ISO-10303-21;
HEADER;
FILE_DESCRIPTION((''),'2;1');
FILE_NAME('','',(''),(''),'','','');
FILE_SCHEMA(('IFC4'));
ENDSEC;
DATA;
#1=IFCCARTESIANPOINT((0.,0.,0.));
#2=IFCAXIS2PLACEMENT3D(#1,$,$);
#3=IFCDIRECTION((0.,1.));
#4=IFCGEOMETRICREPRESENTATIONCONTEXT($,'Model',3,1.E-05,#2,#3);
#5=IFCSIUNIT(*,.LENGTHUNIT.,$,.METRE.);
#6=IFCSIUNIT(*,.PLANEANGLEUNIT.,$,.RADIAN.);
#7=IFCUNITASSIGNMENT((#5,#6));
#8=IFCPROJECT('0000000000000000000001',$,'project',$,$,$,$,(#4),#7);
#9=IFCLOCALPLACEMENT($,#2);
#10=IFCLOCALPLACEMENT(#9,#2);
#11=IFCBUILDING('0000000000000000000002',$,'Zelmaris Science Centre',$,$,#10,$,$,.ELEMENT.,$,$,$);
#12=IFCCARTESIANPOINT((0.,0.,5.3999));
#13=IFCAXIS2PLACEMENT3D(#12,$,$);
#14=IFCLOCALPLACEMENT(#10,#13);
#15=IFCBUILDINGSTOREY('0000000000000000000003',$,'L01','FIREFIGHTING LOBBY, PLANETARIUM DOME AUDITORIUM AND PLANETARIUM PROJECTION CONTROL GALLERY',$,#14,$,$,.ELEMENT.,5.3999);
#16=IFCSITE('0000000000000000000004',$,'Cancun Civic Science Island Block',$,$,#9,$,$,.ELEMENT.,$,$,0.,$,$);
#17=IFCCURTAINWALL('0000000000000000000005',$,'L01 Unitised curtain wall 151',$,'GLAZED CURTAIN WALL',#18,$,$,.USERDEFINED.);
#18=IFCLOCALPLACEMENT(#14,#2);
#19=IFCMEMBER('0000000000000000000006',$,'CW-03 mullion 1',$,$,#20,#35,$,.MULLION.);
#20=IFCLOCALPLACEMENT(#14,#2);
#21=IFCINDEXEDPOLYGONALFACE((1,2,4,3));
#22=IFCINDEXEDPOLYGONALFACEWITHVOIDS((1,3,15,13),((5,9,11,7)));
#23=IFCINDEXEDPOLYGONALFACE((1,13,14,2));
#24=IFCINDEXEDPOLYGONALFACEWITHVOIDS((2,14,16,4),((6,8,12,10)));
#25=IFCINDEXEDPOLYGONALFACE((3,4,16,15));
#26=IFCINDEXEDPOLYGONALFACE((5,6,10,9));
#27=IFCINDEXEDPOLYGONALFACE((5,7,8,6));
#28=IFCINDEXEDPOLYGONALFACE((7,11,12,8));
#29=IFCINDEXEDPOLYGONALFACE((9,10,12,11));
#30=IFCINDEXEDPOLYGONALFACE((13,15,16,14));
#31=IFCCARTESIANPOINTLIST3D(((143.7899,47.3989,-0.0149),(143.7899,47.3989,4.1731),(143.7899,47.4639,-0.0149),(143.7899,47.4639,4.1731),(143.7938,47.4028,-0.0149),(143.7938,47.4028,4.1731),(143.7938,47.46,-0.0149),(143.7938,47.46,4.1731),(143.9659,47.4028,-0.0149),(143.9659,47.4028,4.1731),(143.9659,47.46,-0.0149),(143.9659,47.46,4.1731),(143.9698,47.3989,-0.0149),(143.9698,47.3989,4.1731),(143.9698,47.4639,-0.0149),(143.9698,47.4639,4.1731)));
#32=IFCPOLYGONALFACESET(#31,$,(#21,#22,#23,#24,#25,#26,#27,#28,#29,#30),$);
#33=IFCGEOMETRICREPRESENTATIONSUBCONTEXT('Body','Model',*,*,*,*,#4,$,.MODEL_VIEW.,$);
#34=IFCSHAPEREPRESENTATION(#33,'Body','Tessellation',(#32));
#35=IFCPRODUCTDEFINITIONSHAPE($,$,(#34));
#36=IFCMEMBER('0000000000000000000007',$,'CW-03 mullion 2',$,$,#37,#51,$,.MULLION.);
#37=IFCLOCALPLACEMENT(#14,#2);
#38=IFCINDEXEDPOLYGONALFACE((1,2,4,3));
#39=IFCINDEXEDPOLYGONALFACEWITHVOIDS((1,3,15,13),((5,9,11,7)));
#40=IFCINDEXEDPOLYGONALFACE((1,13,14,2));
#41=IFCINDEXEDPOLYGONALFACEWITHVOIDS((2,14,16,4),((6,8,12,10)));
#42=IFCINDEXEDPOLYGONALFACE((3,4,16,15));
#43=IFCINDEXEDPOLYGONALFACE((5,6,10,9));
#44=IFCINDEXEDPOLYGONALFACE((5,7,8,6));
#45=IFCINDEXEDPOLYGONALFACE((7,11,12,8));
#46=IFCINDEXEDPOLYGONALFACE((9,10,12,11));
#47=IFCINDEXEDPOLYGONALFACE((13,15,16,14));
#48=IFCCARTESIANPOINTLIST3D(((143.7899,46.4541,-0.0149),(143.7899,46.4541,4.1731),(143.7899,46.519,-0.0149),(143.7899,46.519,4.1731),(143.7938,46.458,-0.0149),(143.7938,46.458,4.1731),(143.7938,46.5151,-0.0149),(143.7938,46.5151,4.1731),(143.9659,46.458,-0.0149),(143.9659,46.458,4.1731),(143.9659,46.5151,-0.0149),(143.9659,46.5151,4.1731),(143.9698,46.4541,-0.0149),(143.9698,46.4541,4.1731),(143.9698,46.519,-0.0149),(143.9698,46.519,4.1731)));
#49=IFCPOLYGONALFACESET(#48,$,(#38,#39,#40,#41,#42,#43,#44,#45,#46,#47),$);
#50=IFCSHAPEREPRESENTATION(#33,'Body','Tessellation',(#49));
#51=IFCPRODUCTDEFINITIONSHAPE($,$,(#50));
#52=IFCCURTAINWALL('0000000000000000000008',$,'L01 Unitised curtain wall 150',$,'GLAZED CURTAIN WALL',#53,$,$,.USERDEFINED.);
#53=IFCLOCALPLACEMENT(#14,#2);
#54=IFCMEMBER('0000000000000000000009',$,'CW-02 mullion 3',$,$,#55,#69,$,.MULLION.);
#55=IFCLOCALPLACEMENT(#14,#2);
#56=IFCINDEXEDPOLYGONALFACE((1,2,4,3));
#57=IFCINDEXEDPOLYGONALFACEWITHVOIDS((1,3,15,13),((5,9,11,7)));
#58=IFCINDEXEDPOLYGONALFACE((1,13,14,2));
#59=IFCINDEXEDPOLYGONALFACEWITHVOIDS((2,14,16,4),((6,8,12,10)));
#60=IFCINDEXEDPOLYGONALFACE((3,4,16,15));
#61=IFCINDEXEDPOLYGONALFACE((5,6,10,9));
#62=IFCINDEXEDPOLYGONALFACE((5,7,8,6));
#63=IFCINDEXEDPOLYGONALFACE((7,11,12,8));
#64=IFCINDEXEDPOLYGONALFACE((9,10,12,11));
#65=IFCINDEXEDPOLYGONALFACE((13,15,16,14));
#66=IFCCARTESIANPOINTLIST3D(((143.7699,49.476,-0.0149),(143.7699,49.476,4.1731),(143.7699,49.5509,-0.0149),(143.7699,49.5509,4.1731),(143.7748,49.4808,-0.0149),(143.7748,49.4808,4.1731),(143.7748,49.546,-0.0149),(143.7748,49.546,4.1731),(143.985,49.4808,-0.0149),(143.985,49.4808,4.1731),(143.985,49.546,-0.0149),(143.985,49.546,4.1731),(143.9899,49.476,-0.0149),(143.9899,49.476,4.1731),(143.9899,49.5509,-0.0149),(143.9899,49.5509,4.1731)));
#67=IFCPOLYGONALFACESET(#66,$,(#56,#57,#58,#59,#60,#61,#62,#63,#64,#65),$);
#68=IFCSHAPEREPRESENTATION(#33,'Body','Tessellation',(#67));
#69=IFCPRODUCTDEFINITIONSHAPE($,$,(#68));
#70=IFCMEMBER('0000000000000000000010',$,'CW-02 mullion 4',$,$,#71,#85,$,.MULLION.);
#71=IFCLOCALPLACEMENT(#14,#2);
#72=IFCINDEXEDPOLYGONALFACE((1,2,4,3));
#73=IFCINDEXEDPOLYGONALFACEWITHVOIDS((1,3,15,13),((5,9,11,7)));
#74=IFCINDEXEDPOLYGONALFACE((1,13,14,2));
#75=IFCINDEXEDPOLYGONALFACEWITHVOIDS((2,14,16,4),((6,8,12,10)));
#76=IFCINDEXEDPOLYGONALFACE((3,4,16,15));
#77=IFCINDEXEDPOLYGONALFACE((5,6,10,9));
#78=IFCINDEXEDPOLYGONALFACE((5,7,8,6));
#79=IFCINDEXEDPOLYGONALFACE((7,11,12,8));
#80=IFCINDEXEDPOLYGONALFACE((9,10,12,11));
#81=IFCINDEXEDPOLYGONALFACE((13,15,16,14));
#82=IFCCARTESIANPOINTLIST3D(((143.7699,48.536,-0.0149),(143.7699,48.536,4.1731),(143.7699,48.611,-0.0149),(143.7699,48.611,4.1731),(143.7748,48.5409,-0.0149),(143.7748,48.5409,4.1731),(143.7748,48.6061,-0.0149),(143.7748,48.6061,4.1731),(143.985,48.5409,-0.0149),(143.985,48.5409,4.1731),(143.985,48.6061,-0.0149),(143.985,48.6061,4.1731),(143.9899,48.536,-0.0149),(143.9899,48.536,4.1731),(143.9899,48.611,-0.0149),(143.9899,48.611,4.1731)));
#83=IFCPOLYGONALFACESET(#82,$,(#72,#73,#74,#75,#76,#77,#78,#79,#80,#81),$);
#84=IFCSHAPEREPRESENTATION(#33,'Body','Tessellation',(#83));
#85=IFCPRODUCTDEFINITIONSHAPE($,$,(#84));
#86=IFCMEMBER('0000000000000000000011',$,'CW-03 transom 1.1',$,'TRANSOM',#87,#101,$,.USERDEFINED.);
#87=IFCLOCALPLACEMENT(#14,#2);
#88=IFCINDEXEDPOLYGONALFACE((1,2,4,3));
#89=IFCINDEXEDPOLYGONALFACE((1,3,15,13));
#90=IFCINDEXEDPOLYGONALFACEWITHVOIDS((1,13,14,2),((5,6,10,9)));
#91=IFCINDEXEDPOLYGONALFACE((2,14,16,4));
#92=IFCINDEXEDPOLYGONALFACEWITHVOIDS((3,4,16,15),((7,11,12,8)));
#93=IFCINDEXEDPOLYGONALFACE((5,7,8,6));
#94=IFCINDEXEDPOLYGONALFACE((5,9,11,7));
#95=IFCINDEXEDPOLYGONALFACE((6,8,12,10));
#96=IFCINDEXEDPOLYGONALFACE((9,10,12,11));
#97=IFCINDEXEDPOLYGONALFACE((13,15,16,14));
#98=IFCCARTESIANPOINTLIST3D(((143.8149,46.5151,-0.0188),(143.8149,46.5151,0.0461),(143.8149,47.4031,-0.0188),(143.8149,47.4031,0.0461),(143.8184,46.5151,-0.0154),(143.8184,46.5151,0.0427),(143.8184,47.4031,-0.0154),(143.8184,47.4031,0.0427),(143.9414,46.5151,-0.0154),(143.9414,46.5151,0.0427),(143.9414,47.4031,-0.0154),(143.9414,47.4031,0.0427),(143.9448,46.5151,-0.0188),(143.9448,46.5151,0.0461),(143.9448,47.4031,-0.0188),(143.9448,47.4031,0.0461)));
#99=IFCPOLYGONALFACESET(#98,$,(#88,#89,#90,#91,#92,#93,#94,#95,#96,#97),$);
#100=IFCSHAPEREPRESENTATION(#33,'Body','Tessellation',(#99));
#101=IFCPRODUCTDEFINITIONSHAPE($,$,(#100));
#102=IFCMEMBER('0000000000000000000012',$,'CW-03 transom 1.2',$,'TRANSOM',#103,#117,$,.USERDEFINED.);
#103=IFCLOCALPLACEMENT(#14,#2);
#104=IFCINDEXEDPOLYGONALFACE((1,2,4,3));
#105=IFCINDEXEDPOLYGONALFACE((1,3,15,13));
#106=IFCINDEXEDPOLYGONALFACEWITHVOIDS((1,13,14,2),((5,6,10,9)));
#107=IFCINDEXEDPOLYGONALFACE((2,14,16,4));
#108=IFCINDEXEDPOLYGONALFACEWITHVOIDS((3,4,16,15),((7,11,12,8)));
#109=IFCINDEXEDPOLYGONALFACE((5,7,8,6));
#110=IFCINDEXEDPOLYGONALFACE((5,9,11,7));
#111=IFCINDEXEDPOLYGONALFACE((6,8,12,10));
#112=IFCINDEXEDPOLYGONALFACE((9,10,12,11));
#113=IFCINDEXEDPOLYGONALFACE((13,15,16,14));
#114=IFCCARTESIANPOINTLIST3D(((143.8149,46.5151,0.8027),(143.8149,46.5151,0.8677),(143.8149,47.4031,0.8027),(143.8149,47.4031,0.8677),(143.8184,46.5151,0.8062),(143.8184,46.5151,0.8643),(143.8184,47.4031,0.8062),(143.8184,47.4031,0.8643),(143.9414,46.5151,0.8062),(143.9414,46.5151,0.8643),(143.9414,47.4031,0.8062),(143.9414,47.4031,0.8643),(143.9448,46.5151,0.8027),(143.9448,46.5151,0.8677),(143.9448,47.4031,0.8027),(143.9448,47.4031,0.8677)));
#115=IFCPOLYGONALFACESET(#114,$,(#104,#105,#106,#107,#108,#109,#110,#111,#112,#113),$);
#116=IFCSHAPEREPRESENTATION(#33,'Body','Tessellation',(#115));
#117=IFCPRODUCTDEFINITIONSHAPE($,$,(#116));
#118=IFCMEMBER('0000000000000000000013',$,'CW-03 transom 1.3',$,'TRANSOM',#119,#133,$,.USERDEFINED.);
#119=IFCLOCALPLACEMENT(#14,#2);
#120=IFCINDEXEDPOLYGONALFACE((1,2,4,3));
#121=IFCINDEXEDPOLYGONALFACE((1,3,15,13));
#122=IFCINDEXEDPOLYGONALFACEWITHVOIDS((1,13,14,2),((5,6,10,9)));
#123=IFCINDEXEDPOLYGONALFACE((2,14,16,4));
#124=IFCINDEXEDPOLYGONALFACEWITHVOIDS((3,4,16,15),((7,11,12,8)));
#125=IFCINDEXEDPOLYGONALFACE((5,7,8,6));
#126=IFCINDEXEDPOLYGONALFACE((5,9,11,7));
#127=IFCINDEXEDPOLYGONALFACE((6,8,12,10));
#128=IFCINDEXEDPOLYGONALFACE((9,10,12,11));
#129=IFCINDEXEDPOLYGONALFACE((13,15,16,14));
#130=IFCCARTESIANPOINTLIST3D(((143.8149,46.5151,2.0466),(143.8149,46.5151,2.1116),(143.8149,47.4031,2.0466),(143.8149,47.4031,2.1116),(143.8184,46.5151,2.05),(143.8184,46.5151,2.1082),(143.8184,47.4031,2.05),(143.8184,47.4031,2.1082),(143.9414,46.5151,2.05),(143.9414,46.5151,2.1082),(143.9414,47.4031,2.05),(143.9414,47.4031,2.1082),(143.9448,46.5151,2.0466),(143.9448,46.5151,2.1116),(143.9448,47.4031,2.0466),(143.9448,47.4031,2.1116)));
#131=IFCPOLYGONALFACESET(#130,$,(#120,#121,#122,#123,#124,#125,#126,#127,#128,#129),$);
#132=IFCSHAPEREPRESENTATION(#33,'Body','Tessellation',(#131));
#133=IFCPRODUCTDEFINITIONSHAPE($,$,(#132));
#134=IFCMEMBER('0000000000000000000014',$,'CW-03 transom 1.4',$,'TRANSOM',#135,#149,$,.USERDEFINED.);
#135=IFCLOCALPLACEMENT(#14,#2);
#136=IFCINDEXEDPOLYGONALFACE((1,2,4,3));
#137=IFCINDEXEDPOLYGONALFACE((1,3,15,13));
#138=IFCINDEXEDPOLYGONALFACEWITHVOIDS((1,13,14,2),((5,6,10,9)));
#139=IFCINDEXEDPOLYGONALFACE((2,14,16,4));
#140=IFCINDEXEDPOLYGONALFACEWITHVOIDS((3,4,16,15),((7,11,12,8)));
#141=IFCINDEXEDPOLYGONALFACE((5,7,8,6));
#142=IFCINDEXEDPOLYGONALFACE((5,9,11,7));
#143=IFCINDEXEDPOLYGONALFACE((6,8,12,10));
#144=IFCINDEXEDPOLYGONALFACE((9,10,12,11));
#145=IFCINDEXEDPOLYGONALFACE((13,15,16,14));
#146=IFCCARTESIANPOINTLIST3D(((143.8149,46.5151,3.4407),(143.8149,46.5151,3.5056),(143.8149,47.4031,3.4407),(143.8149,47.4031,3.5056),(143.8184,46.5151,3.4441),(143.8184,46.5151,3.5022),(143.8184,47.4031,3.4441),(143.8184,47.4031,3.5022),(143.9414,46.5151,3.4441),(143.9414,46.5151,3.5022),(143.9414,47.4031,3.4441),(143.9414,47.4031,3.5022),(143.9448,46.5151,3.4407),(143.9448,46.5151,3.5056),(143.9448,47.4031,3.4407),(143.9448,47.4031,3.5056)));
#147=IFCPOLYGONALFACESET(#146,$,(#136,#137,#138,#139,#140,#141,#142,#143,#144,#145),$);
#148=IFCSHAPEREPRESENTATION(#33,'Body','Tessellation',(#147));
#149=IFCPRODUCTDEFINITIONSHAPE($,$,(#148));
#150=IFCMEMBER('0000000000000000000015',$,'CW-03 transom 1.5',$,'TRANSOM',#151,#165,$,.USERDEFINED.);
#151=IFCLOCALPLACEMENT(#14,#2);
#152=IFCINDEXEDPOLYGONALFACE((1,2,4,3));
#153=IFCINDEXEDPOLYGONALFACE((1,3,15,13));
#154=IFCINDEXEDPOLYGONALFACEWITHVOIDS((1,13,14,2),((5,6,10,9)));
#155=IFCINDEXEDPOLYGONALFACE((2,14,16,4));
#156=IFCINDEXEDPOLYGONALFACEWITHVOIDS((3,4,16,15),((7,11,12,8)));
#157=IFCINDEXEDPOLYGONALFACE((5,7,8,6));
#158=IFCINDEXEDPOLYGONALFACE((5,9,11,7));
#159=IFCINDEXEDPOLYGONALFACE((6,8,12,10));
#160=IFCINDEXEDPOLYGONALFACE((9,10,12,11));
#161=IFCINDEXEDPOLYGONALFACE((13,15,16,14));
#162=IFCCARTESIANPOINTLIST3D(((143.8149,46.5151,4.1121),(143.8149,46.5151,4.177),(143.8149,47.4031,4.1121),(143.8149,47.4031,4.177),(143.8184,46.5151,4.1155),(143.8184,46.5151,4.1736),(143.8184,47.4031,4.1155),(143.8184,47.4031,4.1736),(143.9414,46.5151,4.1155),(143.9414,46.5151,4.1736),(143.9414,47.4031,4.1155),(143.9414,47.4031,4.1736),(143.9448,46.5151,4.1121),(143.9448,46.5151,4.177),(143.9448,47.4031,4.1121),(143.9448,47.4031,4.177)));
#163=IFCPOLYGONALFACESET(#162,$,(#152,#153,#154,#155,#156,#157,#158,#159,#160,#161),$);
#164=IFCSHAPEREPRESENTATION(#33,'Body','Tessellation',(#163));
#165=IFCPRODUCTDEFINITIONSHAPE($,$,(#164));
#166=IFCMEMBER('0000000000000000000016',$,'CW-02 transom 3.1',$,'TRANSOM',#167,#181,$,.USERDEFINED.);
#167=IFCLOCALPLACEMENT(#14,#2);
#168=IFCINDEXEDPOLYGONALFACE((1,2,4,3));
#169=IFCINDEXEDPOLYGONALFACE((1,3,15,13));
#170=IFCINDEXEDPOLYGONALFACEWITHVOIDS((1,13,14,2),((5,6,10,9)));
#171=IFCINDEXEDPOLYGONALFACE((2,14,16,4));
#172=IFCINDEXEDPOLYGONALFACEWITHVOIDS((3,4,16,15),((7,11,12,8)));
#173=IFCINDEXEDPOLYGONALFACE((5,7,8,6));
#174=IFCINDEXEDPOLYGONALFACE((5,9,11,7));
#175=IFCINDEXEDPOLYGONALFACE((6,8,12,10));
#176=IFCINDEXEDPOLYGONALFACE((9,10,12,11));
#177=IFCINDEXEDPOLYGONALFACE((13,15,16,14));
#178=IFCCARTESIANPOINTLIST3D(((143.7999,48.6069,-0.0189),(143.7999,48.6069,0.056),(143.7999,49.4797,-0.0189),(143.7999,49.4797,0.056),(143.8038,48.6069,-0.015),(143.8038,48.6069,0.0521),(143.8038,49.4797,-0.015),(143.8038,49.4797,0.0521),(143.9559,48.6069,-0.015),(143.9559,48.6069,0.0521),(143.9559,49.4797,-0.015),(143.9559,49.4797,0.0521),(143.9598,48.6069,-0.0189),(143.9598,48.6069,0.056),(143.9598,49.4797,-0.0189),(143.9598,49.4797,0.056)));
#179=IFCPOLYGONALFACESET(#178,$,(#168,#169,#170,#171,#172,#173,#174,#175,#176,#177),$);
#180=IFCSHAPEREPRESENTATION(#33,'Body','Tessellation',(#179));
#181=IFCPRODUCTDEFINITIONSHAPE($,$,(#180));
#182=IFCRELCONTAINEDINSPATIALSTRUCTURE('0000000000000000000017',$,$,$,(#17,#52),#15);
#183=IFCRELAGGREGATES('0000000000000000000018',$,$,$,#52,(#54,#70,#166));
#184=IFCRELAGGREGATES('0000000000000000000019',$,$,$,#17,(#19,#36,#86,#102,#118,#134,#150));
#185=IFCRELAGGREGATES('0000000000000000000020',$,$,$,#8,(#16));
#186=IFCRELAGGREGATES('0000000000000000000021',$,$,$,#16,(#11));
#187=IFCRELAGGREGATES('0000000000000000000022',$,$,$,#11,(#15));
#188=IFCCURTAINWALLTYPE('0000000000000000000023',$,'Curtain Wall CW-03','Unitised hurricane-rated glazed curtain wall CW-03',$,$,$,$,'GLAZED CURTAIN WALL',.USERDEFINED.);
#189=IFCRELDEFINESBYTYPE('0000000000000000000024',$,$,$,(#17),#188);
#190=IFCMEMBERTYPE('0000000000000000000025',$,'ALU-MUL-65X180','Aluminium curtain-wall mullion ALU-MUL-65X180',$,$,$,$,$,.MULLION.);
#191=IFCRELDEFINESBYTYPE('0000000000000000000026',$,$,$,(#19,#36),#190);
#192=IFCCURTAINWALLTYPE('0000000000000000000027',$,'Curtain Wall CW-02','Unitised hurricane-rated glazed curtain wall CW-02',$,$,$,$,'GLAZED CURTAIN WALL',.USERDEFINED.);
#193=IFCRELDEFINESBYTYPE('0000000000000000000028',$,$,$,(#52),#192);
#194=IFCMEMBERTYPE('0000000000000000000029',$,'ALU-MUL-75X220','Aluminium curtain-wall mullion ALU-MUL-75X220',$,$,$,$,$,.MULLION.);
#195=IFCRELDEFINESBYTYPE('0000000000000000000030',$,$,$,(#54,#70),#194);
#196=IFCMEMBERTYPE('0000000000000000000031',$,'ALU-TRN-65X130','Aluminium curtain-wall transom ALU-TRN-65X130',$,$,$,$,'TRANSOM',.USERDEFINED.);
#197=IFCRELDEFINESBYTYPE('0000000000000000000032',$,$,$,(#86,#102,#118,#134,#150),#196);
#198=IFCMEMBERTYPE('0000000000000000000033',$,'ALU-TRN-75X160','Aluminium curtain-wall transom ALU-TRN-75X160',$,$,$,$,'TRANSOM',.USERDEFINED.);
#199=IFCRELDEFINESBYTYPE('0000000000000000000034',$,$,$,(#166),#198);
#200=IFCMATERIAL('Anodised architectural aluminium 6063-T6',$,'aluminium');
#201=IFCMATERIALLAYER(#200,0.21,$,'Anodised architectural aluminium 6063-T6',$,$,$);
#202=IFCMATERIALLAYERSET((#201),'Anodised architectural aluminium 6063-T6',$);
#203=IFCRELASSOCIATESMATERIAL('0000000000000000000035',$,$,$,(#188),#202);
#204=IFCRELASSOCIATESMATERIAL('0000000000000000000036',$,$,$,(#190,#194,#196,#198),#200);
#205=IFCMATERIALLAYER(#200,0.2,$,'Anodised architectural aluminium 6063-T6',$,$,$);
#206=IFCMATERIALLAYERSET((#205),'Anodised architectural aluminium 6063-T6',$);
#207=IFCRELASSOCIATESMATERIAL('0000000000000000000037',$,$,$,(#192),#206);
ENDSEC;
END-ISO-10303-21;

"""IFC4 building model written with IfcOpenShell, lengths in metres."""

from ifc_helpers import new_model, si_unit, direction, frame, origin, origin_2d, place, context, subcontext, project, spatial, hollow_rectangle, extrude, material, layer, layer_set, material_profile, profile_set, type_object, element, aggregate, save


model = new_model("IFC4")

# Units and contexts
model_context = context("Model", 3, precision=1e-05, world=origin(), true_north=direction((0.0, 1.0)))
body_context = subcontext(model_context, "Body", "Model", "MODEL_VIEW")
ifc_project = project(units=[si_unit("LENGTHUNIT", "METRE"), si_unit("PLANEANGLEUNIT", "RADIAN")], contexts=[model_context])

# Site, building, storey
site_placement = place(None, origin())
site = spatial("IfcSite", under=ifc_project, at=site_placement, Name="Cancun Civic Science Island Block", CompositionType="ELEMENT", RefElevation=0.0)
building_placement = place(site_placement, origin())
building = spatial("IfcBuilding", under=site, at=building_placement, Name="Zelmaris Science Centre", CompositionType="ELEMENT")
storey_placement = place(building_placement, frame((0.0, 0.0, 5.3999)))
storey = spatial("IfcBuildingStorey", under=building, at=storey_placement, Name="L01", Description="FIREFIGHTING LOBBY, PLANETARIUM DOME AUDITORIUM AND PLANETARIUM PROJECTION CONTROL GALLERY", CompositionType="ELEMENT", Elevation=5.3999)

# Curtain walls, members
ifc_material_1 = material(Name="Anodised architectural aluminium 6063-T6", Category="aluminium")
ifc_layer_1 = layer(ifc_material_1, 0.21, Name="Anodised architectural aluminium 6063-T6")
ifc_layer_set_1 = layer_set([ifc_layer_1], Name="Anodised architectural aluminium 6063-T6")
curtain_wall_type_1 = type_object("IfcCurtainWallType", Name="Curtain Wall CW-03", Description="Unitised hurricane-rated glazed curtain wall CW-03", ElementType="GLAZED CURTAIN WALL", PredefinedType="USERDEFINED", material=ifc_layer_set_1)
curtain_wall_1_placement = place(storey_placement, origin())
curtain_wall_1 = element("IfcCurtainWall", 1, at=curtain_wall_1_placement, inside=storey, type_object=curtain_wall_type_1, Name="L01 Unitised curtain wall 151", ObjectType="GLAZED CURTAIN WALL", PredefinedType="USERDEFINED")
ifc_material_profile_1 = material_profile(ifc_material_1, hollow_rectangle(XDim=0.0649, YDim=0.1799, WallThickness=0.0039, at=origin_2d()), Name="ALU-MUL-65X180")
ifc_profile_set_1 = profile_set([ifc_material_profile_1], Name="Anodised architectural aluminium 6063-T6")
member_type_1 = type_object("IfcMemberType", Name="ALU-MUL-65X180", Description="Aluminium curtain-wall mullion ALU-MUL-65X180", PredefinedType="MULLION", material=ifc_profile_set_1)
member_1_placement = place(storey_placement, frame((143.8799, 47.4314, -0.0149), z_axis=(0.0, 0.0, 1.0), x_axis=(0.0, -1.0, 0.0)))
member_1 = element("IfcMember", 2, at=member_1_placement, type_object=member_type_1, Name="CW-03 mullion 1", PredefinedType="MULLION", context=body_context, shape_type="SweptSolid", body=[
    extrude(hollow_rectangle(XDim=0.0649, YDim=0.1799, WallThickness=0.0039, at=origin_2d()), origin(), (0.0, 0.0, 1.0), 4.188),
])
member_2_placement = place(storey_placement, frame((143.8799, 46.4866, -0.0149), z_axis=(0.0, 0.0, 1.0), x_axis=(0.0, -1.0, 0.0)))
member_2 = element("IfcMember", 3, at=member_2_placement, type_object=member_type_1, Name="CW-03 mullion 2", PredefinedType="MULLION", context=body_context, shape_type="SweptSolid", body=[
    extrude(hollow_rectangle(XDim=0.0649, YDim=0.1799, WallThickness=0.0039, at=origin_2d()), origin(), (0.0, 0.0, 1.0), 4.188),
])
ifc_layer_2 = layer(ifc_material_1, 0.2, Name="Anodised architectural aluminium 6063-T6")
ifc_layer_set_2 = layer_set([ifc_layer_2], Name="Anodised architectural aluminium 6063-T6")
curtain_wall_type_2 = type_object("IfcCurtainWallType", Name="Curtain Wall CW-02", Description="Unitised hurricane-rated glazed curtain wall CW-02", ElementType="GLAZED CURTAIN WALL", PredefinedType="USERDEFINED", material=ifc_layer_set_2)
curtain_wall_2_placement = place(storey_placement, origin())
curtain_wall_2 = element("IfcCurtainWall", 4, at=curtain_wall_2_placement, inside=storey, type_object=curtain_wall_type_2, Name="L01 Unitised curtain wall 150", ObjectType="GLAZED CURTAIN WALL", PredefinedType="USERDEFINED")
ifc_material_profile_2 = material_profile(ifc_material_1, hollow_rectangle(XDim=0.075, YDim=0.22, WallThickness=0.0049, at=origin_2d()), Name="ALU-MUL-75X220")
ifc_profile_set_2 = profile_set([ifc_material_profile_2], Name="Anodised architectural aluminium 6063-T6")
member_type_2 = type_object("IfcMemberType", Name="ALU-MUL-75X220", Description="Aluminium curtain-wall mullion ALU-MUL-75X220", PredefinedType="MULLION", material=ifc_profile_set_2)
member_3_placement = place(storey_placement, frame((143.8799, 49.5134, -0.0149), z_axis=(0.0, 0.0, 1.0), x_axis=(0.0, -1.0, 0.0)))
member_3 = element("IfcMember", 5, at=member_3_placement, type_object=member_type_2, Name="CW-02 mullion 3", PredefinedType="MULLION", context=body_context, shape_type="SweptSolid", body=[
    extrude(hollow_rectangle(XDim=0.075, YDim=0.22, WallThickness=0.0049, at=origin_2d()), origin(), (0.0, 0.0, 1.0), 4.188),
])
member_4_placement = place(storey_placement, frame((143.8799, 48.5735, -0.0149), z_axis=(0.0, 0.0, 1.0), x_axis=(0.0, -1.0, 0.0)))
member_4 = element("IfcMember", 6, at=member_4_placement, type_object=member_type_2, Name="CW-02 mullion 4", PredefinedType="MULLION", context=body_context, shape_type="SweptSolid", body=[
    extrude(hollow_rectangle(XDim=0.075, YDim=0.22, WallThickness=0.0049, at=origin_2d()), origin(), (0.0, 0.0, 1.0), 4.188),
])

# Members
ifc_material_profile_3 = material_profile(ifc_material_1, hollow_rectangle(XDim=0.0649, YDim=0.1299, WallThickness=0.0034, at=origin_2d()), Name="ALU-TRN-65X130")
ifc_profile_set_3 = profile_set([ifc_material_profile_3], Name="Anodised architectural aluminium 6063-T6")
member_type_3 = type_object("IfcMemberType", Name="ALU-TRN-65X130", Description="Aluminium curtain-wall transom ALU-TRN-65X130", ElementType="TRANSOM", PredefinedType="USERDEFINED", material=ifc_profile_set_3)
member_5_placement = place(storey_placement, frame((143.8799, 47.4031, 0.0137), z_axis=(0.0, -1.0, 0.0), x_axis=(0.0, 0.0, 1.0)))
member_5 = element("IfcMember", 7, at=member_5_placement, type_object=member_type_3, Name="CW-03 transom 1.1", ObjectType="TRANSOM", PredefinedType="USERDEFINED", context=body_context, shape_type="SweptSolid", body=[
    extrude(hollow_rectangle(XDim=0.0649, YDim=0.1299, WallThickness=0.0034, at=origin_2d()), origin(), (0.0, 0.0, 1.0), 0.8879),
])
member_6_placement = place(storey_placement, frame((143.8799, 47.4031, 0.8352), z_axis=(0.0, -1.0, 0.0), x_axis=(0.0, 0.0, 1.0)))
member_6 = element("IfcMember", 8, at=member_6_placement, type_object=member_type_3, Name="CW-03 transom 1.2", ObjectType="TRANSOM", PredefinedType="USERDEFINED", context=body_context, shape_type="SweptSolid", body=[
    extrude(hollow_rectangle(XDim=0.0649, YDim=0.1299, WallThickness=0.0034, at=origin_2d()), origin(), (0.0, 0.0, 1.0), 0.8879),
])
member_7_placement = place(storey_placement, frame((143.8799, 47.4031, 2.0791), z_axis=(0.0, -1.0, 0.0), x_axis=(0.0, 0.0, 1.0)))
member_7 = element("IfcMember", 9, at=member_7_placement, type_object=member_type_3, Name="CW-03 transom 1.3", ObjectType="TRANSOM", PredefinedType="USERDEFINED", context=body_context, shape_type="SweptSolid", body=[
    extrude(hollow_rectangle(XDim=0.0649, YDim=0.1299, WallThickness=0.0034, at=origin_2d()), origin(), (0.0, 0.0, 1.0), 0.8879),
])
member_8_placement = place(storey_placement, frame((143.8799, 47.4031, 3.4731), z_axis=(0.0, -1.0, 0.0), x_axis=(0.0, 0.0, 1.0)))
member_8 = element("IfcMember", 10, at=member_8_placement, type_object=member_type_3, Name="CW-03 transom 1.4", ObjectType="TRANSOM", PredefinedType="USERDEFINED", context=body_context, shape_type="SweptSolid", body=[
    extrude(hollow_rectangle(XDim=0.0649, YDim=0.1299, WallThickness=0.0034, at=origin_2d()), origin(), (0.0, 0.0, 1.0), 0.8879),
])
member_9_placement = place(storey_placement, frame((143.8799, 47.4031, 4.1445), z_axis=(0.0, -1.0, 0.0), x_axis=(0.0, 0.0, 1.0)))
member_9 = element("IfcMember", 11, at=member_9_placement, type_object=member_type_3, Name="CW-03 transom 1.5", ObjectType="TRANSOM", PredefinedType="USERDEFINED", context=body_context, shape_type="SweptSolid", body=[
    extrude(hollow_rectangle(XDim=0.0649, YDim=0.1299, WallThickness=0.0034, at=origin_2d()), origin(), (0.0, 0.0, 1.0), 0.8879),
])
ifc_material_profile_4 = material_profile(ifc_material_1, hollow_rectangle(XDim=0.075, YDim=0.1599, WallThickness=0.0039, at=origin_2d()), Name="ALU-TRN-75X160")
ifc_profile_set_4 = profile_set([ifc_material_profile_4], Name="Anodised architectural aluminium 6063-T6")
member_type_4 = type_object("IfcMemberType", Name="ALU-TRN-75X160", Description="Aluminium curtain-wall transom ALU-TRN-75X160", ElementType="TRANSOM", PredefinedType="USERDEFINED", material=ifc_profile_set_4)
member_10_placement = place(storey_placement, frame((143.8799, 49.4797, 0.0186), z_axis=(0.0, -1.0, 0.0), x_axis=(0.0, 0.0, 1.0)))
member_10 = element("IfcMember", 12, at=member_10_placement, type_object=member_type_4, Name="CW-02 transom 3.1", ObjectType="TRANSOM", PredefinedType="USERDEFINED", context=body_context, shape_type="SweptSolid", body=[
    extrude(hollow_rectangle(XDim=0.075, YDim=0.1599, WallThickness=0.0039, at=origin_2d()), origin(), (0.0, 0.0, 1.0), 0.8728),
])

aggregate(curtain_wall_2, [member_3, member_4, member_10])
aggregate(curtain_wall_1, [member_1, member_2, member_5, member_6, member_7, member_8, member_9])

save(model, "model.ifc")
